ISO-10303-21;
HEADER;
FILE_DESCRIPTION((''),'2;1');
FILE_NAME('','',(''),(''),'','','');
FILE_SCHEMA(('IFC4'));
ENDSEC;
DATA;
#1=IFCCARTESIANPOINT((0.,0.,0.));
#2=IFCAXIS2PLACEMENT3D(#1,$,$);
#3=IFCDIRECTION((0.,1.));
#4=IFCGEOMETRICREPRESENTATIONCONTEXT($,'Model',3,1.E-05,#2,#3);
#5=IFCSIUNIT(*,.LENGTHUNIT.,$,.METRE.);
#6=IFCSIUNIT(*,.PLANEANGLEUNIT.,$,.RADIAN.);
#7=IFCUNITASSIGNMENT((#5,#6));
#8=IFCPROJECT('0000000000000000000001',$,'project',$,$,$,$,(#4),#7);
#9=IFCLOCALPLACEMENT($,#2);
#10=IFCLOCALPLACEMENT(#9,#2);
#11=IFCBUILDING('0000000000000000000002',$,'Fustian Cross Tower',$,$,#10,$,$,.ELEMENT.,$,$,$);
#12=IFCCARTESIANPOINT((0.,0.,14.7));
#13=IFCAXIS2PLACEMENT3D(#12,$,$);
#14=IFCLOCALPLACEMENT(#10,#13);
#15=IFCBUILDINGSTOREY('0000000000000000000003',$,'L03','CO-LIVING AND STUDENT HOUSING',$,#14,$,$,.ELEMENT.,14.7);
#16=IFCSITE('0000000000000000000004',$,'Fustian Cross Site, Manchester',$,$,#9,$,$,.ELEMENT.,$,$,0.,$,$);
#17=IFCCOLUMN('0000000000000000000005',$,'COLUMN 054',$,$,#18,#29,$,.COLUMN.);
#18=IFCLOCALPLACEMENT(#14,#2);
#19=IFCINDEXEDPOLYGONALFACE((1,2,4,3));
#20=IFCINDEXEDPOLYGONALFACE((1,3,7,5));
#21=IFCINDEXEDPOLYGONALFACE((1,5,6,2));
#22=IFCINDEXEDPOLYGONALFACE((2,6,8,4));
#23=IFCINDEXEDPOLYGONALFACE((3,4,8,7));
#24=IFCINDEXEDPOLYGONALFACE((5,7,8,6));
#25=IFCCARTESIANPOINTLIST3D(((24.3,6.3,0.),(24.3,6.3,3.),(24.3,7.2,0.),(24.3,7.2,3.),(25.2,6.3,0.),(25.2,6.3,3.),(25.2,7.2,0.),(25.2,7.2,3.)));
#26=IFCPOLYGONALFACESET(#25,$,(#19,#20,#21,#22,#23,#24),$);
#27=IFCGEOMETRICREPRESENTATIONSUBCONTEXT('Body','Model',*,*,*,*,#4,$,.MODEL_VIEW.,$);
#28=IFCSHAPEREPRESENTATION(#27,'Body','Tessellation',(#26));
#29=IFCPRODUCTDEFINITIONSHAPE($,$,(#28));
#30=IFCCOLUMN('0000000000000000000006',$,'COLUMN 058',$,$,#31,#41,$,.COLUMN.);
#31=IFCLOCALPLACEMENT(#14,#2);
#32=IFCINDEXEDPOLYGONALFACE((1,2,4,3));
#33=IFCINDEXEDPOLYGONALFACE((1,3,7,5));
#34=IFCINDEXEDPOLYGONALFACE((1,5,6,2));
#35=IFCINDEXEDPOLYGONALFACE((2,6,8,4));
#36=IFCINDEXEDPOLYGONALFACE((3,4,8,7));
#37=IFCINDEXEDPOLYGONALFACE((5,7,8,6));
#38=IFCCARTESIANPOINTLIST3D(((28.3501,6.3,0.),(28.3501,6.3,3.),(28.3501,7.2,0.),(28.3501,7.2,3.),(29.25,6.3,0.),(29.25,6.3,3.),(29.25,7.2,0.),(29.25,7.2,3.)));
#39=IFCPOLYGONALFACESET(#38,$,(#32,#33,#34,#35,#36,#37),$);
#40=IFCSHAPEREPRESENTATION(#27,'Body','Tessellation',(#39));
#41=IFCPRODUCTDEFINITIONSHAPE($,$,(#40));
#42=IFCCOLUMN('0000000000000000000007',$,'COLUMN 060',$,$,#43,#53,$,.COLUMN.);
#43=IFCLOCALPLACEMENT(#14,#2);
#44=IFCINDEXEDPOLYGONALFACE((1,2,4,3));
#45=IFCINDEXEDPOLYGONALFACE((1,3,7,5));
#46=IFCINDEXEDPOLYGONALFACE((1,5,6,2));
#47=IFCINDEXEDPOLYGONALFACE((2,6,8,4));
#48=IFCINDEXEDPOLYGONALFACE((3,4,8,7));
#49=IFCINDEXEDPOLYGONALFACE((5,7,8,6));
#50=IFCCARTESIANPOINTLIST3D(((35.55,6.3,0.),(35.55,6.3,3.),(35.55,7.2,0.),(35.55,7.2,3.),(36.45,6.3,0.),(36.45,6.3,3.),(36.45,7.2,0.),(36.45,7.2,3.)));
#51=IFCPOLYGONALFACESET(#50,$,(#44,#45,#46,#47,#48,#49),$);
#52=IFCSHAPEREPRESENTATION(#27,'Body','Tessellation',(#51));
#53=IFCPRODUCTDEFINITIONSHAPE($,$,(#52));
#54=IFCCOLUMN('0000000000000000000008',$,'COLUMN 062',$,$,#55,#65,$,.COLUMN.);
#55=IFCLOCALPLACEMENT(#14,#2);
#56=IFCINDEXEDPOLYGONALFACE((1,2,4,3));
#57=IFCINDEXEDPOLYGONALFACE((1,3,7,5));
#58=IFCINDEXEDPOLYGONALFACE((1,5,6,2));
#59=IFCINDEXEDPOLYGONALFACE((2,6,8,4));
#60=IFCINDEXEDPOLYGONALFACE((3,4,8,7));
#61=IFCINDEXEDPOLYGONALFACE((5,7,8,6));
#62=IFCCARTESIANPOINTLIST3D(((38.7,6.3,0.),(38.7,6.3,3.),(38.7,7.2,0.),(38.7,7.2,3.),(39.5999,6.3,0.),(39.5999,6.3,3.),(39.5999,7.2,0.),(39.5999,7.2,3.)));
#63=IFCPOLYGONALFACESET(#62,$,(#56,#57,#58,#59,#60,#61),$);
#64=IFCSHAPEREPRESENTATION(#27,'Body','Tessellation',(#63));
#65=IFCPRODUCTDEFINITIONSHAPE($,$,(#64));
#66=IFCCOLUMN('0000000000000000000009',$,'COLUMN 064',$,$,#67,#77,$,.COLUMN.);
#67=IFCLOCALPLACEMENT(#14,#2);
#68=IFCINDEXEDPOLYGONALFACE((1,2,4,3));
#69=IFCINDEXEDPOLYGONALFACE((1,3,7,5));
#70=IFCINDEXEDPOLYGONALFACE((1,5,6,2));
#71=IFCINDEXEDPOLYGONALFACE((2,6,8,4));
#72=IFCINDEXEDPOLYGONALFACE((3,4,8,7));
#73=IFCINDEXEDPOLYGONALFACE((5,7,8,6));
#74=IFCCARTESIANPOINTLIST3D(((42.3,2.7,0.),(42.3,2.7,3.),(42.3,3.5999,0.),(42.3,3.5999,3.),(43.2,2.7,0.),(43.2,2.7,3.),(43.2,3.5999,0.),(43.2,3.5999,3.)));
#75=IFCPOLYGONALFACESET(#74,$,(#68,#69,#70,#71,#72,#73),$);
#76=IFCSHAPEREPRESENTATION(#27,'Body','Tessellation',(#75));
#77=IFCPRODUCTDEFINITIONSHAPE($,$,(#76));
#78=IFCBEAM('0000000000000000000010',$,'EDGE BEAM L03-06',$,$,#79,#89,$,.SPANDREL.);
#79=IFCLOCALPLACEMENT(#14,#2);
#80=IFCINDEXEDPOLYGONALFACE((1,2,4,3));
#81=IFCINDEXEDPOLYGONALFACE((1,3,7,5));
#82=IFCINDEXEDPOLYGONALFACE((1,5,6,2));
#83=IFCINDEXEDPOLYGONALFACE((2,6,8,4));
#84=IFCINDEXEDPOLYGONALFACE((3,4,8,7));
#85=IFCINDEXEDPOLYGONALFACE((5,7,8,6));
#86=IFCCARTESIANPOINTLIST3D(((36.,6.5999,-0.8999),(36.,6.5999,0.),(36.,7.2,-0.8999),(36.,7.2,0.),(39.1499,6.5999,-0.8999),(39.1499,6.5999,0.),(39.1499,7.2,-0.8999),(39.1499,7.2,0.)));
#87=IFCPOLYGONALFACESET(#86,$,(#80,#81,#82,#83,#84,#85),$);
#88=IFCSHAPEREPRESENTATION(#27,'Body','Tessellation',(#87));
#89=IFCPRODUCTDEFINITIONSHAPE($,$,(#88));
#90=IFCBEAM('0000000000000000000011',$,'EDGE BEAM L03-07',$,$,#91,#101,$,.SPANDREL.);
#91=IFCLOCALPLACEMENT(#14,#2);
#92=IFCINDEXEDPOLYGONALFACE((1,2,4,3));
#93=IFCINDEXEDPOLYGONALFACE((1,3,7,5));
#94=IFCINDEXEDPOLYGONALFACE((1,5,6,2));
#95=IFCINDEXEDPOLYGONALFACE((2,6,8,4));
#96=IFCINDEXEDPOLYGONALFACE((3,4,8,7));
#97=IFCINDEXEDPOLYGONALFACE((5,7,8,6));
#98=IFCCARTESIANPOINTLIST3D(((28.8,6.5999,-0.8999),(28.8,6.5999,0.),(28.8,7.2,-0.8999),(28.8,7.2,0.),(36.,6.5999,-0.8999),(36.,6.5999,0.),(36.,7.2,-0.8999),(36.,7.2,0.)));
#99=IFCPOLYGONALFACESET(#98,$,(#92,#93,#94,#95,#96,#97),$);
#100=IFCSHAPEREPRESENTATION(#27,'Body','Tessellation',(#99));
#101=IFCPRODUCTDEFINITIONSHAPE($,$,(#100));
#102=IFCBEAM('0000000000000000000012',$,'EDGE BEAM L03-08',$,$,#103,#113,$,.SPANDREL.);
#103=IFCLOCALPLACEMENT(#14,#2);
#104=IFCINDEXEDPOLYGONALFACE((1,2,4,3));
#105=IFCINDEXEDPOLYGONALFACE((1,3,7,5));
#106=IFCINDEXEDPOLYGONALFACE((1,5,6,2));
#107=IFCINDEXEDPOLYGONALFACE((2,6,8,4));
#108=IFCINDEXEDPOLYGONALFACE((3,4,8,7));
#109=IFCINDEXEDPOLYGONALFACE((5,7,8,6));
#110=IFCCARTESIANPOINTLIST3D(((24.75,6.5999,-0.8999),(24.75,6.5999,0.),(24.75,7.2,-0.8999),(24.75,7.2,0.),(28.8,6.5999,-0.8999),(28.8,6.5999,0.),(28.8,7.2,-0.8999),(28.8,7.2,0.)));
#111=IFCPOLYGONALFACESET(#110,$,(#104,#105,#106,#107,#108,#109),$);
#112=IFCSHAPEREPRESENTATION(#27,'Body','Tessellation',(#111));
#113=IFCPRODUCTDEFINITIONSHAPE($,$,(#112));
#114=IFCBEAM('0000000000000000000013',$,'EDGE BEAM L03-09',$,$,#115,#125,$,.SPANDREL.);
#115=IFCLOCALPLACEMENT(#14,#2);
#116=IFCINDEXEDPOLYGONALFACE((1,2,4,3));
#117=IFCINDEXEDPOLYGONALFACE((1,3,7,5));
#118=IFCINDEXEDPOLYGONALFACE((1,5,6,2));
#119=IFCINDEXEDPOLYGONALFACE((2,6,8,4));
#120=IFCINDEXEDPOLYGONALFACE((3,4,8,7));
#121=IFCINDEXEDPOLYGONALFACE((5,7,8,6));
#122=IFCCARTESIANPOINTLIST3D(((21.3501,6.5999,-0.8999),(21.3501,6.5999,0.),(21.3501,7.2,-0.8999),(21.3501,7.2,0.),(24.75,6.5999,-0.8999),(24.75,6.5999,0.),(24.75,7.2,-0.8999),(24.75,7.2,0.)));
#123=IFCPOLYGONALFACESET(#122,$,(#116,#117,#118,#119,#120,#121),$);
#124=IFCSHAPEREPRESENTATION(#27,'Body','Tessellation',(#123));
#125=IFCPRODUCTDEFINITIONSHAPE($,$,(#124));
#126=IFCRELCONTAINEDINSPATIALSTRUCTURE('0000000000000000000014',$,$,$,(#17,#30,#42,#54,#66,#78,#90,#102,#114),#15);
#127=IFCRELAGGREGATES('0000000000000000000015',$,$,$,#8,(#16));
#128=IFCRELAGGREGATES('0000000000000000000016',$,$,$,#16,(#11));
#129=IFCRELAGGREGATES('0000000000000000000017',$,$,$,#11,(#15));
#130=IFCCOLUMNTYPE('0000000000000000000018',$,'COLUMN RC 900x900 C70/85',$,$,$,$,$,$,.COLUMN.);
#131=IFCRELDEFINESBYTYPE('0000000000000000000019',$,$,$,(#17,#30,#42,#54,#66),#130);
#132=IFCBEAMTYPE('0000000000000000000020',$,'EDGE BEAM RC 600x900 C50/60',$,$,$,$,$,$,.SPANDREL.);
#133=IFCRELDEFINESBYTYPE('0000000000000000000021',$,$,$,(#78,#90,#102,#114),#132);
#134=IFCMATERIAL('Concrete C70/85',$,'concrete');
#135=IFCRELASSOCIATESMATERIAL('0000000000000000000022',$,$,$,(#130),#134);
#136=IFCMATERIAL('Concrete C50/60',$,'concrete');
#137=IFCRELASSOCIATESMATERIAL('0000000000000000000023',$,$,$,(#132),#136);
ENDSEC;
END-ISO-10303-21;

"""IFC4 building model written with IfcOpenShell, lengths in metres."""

from ifc_helpers import new_model, si_unit, direction, frame, origin, origin_2d, place, context, subcontext, project, spatial, rectangle, extrude, material, material_profile, profile_set, type_object, element, save


model = new_model("IFC4")

# Units and contexts
model_context = context("Model", 3, precision=1e-05, world=origin(), true_north=direction((0.0, 1.0)))
body_context = subcontext(model_context, "Body", "Model", "MODEL_VIEW")
ifc_project = project(units=[si_unit("LENGTHUNIT", "METRE"), si_unit("PLANEANGLEUNIT", "RADIAN")], contexts=[model_context])

# Site, building, storey
site_placement = place(None, origin())
site = spatial("IfcSite", under=ifc_project, at=site_placement, Name="Fustian Cross Site, Manchester", CompositionType="ELEMENT", RefElevation=0.0)
building_placement = place(site_placement, origin())
building = spatial("IfcBuilding", under=site, at=building_placement, Name="Fustian Cross Tower", CompositionType="ELEMENT")
storey_placement = place(building_placement, frame((0.0, 0.0, 14.7)))
storey = spatial("IfcBuildingStorey", under=building, at=storey_placement, Name="L03", Description="CO-LIVING AND STUDENT HOUSING", CompositionType="ELEMENT", Elevation=14.7)

# Columns
ifc_material_1 = material(Name="Concrete C70/85", Category="concrete")
ifc_material_profile_1 = material_profile(ifc_material_1, rectangle(XDim=0.8999, YDim=0.8999, at=origin_2d()), Name="RC 900x900")
ifc_profile_set_1 = profile_set([ifc_material_profile_1], Name="Concrete C70/85")
column_type = type_object("IfcColumnType", Name="COLUMN RC 900x900 C70/85", PredefinedType="COLUMN", material=ifc_profile_set_1)
for number, where, z_axis, x_axis, name in (
    (1, (24.75, 6.75, 0.0), (0.0, 0.0, 1.0), (1.0, 0.0, 0.0), "COLUMN 054"),
    (2, (28.8, 6.75, 0.0), (0.0, 0.0, 1.0), (1.0, 0.0, 0.0), "COLUMN 058"),
    (3, (36.0, 6.75, 0.0), (0.0, 0.0, 1.0), (1.0, 0.0, 0.0), "COLUMN 060"),
    (4, (39.1499, 6.75, 0.0), (0.0, 0.0, 1.0), (1.0, 0.0, 0.0), "COLUMN 062"),
    (5, (42.75, 3.1499, 0.0), (0.0, 0.0, 1.0), (1.0, 0.0, 0.0), "COLUMN 064"),
):
    element("IfcColumn", number, at=place(storey_placement, frame(where, z_axis=z_axis, x_axis=x_axis)), inside=storey, type_object=column_type, Name=name, PredefinedType="COLUMN", context=body_context, shape_type="SweptSolid", body=[
        extrude(rectangle(XDim=0.8999, YDim=0.8999, at=origin_2d()), origin(), (0.0, 0.0, 1.0), 3.0),
    ])

# Beams
ifc_material_2 = material(Name="Concrete C50/60", Category="concrete")
ifc_material_profile_2 = material_profile(ifc_material_2, rectangle(XDim=0.6001, YDim=0.8999, at=origin_2d()), Name="RC 600x900")
ifc_profile_set_2 = profile_set([ifc_material_profile_2], Name="Concrete C50/60")
beam_type = type_object("IfcBeamType", Name="EDGE BEAM RC 600x900 C50/60", PredefinedType="SPANDREL", material=ifc_profile_set_2)
beam_1_placement = place(storey_placement, frame((39.1499, 6.8999, -0.45), z_axis=(-1.0, 0.0, 0.0), x_axis=(0.0, -1.0, 0.0)))
element("IfcBeam", 6, at=beam_1_placement, inside=storey, type_object=beam_type, Name="EDGE BEAM L03-06", PredefinedType="SPANDREL", context=body_context, shape_type="SweptSolid", body=[
    extrude(rectangle(XDim=0.6001, YDim=0.8999, at=origin_2d()), origin(), (0.0, 0.0, 1.0), 3.1499),
])
beam_2_placement = place(storey_placement, frame((36.0, 6.8999, -0.45), z_axis=(-1.0, 0.0, 0.0), x_axis=(0.0, -1.0, 0.0)))
element("IfcBeam", 7, at=beam_2_placement, inside=storey, type_object=beam_type, Name="EDGE BEAM L03-07", PredefinedType="SPANDREL", context=body_context, shape_type="SweptSolid", body=[
    extrude(rectangle(XDim=0.6001, YDim=0.8999, at=origin_2d()), origin(), (0.0, 0.0, 1.0), 7.2),
])
beam_3_placement = place(storey_placement, frame((28.8, 6.8999, -0.45), z_axis=(-1.0, 0.0, 0.0), x_axis=(0.0, -1.0, 0.0)))
element("IfcBeam", 8, at=beam_3_placement, inside=storey, type_object=beam_type, Name="EDGE BEAM L03-08", PredefinedType="SPANDREL", context=body_context, shape_type="SweptSolid", body=[
    extrude(rectangle(XDim=0.6001, YDim=0.8999, at=origin_2d()), origin(), (0.0, 0.0, 1.0), 4.05),
])
beam_4_placement = place(storey_placement, frame((24.75, 6.8999, -0.45), z_axis=(-1.0, 0.0, 0.0), x_axis=(0.0, -1.0, 0.0)))
element("IfcBeam", 9, at=beam_4_placement, inside=storey, type_object=beam_type, Name="EDGE BEAM L03-09", PredefinedType="SPANDREL", context=body_context, shape_type="SweptSolid", body=[
    extrude(rectangle(XDim=0.6001, YDim=0.8999, at=origin_2d()), origin(), (0.0, 0.0, 1.0), 3.3999),
])

save(model, "model.ifc")
